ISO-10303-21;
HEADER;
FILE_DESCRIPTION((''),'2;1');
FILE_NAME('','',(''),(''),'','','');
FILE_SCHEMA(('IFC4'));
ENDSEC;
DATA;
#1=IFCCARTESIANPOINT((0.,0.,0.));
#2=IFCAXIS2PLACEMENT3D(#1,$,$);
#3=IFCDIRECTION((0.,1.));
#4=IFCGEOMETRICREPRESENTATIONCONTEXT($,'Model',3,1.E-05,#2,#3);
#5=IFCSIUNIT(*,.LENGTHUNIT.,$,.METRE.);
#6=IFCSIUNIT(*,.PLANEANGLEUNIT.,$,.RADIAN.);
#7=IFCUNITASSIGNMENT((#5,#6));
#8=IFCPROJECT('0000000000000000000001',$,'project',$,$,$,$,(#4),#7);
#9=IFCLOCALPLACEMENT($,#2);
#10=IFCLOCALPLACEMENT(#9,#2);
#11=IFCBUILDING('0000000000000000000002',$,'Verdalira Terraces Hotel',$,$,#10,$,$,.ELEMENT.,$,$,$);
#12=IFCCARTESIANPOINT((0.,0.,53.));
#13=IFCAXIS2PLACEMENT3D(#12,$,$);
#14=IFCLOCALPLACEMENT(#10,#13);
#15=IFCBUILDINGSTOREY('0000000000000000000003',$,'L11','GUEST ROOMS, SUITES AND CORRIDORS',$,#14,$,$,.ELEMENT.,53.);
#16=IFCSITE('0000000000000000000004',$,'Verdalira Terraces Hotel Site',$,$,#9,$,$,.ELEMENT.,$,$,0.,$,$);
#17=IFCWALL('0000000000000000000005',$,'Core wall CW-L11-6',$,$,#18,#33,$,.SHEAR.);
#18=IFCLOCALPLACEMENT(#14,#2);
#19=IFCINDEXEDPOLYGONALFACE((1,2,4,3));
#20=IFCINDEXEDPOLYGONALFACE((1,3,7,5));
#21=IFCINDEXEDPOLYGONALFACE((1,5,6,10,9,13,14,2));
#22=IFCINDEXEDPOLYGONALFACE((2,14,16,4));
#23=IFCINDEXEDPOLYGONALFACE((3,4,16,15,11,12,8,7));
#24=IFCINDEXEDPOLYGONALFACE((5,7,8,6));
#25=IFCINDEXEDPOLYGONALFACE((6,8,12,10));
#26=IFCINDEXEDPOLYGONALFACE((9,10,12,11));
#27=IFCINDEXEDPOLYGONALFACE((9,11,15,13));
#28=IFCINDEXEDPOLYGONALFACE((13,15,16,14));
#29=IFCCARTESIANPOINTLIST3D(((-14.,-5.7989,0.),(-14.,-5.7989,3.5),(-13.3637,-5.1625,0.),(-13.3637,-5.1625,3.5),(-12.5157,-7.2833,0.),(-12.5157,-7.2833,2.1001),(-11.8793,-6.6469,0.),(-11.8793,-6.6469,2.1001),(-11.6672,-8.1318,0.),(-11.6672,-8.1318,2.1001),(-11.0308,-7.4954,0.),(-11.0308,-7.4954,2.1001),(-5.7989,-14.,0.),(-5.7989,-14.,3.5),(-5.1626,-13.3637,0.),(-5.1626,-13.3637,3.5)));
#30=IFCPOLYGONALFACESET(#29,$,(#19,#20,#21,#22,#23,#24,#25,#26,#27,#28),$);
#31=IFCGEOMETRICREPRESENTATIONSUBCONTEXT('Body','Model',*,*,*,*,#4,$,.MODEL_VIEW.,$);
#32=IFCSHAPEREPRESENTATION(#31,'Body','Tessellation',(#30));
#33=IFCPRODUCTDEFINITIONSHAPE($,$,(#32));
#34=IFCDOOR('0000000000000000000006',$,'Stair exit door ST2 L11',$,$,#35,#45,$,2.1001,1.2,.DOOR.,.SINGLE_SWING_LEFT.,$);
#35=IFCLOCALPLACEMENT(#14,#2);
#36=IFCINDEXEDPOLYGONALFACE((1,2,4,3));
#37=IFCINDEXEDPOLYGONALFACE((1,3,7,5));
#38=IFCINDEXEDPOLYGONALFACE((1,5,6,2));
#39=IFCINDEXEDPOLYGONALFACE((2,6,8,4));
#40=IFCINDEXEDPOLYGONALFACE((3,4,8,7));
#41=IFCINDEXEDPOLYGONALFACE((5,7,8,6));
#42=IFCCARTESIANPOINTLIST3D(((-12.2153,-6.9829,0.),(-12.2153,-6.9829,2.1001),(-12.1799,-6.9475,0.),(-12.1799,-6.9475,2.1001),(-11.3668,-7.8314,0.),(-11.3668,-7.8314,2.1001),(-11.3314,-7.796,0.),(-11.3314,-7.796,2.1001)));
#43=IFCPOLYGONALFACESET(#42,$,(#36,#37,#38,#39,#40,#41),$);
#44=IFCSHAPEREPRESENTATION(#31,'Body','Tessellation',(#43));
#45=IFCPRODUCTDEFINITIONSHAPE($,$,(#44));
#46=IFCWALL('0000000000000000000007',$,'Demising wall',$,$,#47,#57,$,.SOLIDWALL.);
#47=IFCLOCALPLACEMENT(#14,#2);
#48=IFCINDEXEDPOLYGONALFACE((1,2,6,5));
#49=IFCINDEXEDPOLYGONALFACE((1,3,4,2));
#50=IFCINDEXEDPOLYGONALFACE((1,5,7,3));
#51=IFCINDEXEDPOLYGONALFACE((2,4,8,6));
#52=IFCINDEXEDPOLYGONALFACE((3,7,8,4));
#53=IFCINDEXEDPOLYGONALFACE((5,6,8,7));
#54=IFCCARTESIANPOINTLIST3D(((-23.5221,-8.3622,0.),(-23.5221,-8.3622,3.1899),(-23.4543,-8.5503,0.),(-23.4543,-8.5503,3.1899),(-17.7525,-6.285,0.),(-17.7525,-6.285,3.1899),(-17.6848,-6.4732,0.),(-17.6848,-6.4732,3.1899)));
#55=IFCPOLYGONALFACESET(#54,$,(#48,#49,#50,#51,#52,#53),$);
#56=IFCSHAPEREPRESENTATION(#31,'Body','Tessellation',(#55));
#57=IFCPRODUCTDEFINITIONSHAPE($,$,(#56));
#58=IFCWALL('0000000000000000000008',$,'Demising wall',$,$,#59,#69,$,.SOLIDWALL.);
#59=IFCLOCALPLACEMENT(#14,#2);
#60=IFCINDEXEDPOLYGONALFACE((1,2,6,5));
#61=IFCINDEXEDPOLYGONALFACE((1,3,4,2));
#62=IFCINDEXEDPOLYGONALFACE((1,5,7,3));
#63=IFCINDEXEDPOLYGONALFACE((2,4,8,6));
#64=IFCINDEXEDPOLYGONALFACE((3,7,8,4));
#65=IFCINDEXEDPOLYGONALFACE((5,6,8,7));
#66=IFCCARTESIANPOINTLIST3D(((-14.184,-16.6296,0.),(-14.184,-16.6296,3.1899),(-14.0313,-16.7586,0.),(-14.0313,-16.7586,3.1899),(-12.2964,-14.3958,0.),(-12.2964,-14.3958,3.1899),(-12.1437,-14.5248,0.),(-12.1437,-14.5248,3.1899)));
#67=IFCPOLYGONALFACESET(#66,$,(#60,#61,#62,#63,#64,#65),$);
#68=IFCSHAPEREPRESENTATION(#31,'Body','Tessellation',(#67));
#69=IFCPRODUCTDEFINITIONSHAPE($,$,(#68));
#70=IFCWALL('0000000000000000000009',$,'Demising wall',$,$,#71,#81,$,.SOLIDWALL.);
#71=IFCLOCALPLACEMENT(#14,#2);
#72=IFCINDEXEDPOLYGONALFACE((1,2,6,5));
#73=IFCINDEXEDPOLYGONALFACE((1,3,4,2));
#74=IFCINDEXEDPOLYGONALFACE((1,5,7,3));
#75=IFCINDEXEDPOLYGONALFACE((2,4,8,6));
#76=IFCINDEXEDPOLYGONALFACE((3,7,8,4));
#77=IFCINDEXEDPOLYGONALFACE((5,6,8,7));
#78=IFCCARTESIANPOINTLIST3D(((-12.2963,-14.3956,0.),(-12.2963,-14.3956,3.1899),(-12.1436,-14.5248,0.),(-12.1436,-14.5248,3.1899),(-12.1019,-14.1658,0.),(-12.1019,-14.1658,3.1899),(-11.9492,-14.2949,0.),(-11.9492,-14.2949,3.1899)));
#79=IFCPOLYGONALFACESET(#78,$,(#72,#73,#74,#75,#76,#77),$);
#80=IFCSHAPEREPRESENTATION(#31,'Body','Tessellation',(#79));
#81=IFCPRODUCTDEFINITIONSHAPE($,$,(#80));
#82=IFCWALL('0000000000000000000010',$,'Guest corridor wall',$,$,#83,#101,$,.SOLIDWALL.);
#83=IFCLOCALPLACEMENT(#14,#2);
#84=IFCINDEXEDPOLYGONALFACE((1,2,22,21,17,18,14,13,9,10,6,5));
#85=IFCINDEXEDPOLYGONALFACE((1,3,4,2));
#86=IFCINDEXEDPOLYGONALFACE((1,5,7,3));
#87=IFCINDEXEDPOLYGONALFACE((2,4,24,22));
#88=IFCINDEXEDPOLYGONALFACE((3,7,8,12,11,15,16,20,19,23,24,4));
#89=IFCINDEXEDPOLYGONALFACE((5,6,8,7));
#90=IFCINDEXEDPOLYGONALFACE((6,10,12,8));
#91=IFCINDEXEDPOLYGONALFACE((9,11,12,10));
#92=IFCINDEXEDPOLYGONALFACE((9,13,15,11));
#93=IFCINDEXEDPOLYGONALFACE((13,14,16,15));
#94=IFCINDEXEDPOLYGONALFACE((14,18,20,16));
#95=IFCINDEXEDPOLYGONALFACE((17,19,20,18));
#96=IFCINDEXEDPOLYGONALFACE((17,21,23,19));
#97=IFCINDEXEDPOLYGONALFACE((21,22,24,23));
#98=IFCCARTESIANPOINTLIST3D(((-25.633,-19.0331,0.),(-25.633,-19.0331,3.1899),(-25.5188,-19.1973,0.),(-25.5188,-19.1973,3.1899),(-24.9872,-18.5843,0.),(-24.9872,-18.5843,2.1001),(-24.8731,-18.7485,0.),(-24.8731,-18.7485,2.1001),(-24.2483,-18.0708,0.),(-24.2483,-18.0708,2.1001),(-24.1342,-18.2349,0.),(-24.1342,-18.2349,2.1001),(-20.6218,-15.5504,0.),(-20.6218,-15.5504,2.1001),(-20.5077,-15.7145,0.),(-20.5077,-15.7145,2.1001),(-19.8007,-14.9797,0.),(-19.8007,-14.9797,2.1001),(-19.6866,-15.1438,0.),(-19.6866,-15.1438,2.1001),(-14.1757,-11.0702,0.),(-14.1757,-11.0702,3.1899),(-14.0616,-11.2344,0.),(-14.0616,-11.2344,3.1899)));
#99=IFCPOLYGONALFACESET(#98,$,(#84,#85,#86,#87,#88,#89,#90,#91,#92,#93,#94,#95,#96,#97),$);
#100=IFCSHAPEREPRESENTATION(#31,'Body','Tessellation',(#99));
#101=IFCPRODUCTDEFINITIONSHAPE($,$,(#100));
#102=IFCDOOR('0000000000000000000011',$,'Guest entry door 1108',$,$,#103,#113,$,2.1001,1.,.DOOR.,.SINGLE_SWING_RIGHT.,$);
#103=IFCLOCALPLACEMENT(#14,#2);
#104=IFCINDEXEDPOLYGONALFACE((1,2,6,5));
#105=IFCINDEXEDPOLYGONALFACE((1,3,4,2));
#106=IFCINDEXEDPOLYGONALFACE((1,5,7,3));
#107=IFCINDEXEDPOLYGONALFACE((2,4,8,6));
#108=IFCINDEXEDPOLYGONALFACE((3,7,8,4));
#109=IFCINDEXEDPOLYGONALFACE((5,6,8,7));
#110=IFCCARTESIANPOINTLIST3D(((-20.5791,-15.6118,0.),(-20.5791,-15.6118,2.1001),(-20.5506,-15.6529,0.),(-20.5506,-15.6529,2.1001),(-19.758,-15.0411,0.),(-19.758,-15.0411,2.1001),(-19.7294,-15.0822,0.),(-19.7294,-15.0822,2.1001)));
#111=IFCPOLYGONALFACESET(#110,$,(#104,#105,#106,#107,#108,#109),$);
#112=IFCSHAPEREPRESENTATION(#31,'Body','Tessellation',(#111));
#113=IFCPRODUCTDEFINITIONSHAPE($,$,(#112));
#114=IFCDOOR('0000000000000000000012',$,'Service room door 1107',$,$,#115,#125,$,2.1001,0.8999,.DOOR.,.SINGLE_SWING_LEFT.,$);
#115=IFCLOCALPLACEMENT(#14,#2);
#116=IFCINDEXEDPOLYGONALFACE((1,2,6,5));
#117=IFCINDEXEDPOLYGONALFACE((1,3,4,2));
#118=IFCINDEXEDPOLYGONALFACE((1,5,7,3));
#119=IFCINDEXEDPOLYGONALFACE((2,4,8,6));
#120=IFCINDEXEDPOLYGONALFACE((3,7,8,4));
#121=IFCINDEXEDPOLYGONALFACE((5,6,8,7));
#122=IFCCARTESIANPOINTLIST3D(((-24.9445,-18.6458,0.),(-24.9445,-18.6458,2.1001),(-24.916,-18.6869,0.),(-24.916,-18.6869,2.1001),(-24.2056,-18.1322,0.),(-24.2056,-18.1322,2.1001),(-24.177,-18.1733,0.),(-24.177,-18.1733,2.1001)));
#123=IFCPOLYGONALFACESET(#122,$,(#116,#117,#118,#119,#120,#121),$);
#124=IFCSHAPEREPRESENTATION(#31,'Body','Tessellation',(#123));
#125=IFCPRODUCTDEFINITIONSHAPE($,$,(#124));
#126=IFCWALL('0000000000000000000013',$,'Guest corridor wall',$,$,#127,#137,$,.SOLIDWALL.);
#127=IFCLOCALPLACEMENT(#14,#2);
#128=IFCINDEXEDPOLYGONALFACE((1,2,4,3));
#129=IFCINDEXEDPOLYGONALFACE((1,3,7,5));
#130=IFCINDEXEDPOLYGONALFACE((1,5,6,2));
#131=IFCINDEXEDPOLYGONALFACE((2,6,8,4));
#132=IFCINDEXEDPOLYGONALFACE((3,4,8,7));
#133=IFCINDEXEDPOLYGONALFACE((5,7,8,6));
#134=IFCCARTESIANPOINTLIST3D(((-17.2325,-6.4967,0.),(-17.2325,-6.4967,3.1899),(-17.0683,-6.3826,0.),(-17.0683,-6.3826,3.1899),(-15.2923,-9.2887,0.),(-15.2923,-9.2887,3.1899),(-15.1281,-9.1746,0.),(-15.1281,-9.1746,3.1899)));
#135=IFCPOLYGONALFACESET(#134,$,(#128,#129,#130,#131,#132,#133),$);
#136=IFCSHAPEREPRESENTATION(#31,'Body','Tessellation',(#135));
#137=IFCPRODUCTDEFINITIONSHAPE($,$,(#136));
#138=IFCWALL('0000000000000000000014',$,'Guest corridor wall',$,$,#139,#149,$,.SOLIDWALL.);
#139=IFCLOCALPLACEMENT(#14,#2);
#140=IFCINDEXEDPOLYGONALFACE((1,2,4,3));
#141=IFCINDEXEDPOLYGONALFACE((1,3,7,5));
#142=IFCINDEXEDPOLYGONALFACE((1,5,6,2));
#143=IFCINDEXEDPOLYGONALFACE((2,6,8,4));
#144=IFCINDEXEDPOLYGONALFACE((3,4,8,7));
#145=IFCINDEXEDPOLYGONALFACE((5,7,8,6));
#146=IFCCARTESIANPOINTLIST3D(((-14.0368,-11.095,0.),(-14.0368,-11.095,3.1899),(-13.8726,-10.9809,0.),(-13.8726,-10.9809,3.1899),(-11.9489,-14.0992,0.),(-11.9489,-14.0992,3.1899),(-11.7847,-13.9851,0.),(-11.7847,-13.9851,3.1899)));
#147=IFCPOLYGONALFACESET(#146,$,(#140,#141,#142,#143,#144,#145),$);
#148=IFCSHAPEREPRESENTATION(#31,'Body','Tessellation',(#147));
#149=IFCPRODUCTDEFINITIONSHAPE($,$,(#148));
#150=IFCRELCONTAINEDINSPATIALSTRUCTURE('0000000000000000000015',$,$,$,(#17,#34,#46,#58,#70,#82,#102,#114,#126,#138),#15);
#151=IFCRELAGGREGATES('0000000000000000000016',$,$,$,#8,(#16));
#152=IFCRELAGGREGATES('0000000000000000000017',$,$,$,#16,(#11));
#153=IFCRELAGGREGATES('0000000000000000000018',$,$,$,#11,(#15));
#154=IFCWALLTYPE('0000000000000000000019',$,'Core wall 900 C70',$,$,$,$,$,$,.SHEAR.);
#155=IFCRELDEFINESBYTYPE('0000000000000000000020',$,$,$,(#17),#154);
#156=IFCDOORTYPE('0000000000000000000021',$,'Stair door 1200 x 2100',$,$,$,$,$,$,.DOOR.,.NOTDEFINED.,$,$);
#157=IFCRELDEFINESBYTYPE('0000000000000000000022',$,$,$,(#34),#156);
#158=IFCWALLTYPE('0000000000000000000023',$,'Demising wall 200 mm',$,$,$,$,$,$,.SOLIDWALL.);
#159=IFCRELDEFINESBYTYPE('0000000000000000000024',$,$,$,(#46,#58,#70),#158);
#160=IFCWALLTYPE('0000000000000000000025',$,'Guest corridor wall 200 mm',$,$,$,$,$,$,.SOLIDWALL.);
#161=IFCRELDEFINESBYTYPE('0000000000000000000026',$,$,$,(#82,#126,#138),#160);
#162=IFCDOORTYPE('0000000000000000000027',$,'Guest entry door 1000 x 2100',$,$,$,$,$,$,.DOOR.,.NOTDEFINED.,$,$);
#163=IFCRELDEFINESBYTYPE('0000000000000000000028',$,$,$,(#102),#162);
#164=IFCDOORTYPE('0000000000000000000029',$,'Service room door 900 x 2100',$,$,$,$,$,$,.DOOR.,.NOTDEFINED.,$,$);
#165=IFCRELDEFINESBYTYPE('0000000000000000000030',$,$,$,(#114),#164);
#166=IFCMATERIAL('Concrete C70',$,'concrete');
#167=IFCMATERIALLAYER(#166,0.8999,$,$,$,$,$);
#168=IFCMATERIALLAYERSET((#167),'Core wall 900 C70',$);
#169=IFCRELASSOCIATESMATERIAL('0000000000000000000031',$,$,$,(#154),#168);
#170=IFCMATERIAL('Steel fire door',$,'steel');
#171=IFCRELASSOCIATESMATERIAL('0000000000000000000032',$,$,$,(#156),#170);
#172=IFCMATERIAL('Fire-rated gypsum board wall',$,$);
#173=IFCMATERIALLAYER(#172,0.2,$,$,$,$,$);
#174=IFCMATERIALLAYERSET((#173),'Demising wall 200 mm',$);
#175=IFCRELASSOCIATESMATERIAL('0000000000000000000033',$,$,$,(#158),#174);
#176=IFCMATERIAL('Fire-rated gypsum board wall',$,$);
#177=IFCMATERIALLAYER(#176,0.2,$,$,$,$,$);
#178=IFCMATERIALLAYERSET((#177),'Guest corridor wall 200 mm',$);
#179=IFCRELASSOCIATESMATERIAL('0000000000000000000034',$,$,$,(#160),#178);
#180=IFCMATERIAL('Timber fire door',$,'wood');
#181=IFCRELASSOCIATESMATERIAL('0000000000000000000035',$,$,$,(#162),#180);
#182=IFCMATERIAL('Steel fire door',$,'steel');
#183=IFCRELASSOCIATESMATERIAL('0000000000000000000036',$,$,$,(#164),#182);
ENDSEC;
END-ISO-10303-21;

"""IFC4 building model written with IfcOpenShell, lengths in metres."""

from ifc_helpers import new_model, si_unit, direction, frame, frame_2d, origin, place, context, subcontext, project, spatial, rectangle, extrude, material, layer, layer_set, type_object, element, fill, save


model = new_model("IFC4")

# Units and contexts
model_context = context("Model", 3, precision=1e-05, world=origin(), true_north=direction((0.0, 1.0)))
body_context = subcontext(model_context, "Body", "Model", "MODEL_VIEW")
ifc_project = project(units=[si_unit("LENGTHUNIT", "METRE"), si_unit("PLANEANGLEUNIT", "RADIAN")], contexts=[model_context])

# Site, building, storey
site_placement = place(None, origin())
site = spatial("IfcSite", under=ifc_project, at=site_placement, Name="Verdalira Terraces Hotel Site", CompositionType="ELEMENT", RefElevation=0.0)
building_placement = place(site_placement, origin())
building = spatial("IfcBuilding", under=site, at=building_placement, Name="Verdalira Terraces Hotel", CompositionType="ELEMENT")
storey_placement = place(building_placement, frame((0.0, 0.0, 53.0)))
storey = spatial("IfcBuildingStorey", under=building, at=storey_placement, Name="L11", Description="GUEST ROOMS, SUITES AND CORRIDORS", CompositionType="ELEMENT", Elevation=53.0)

# Wall, opening, door
ifc_material_1 = material(Name="Concrete C70", Category="concrete")
ifc_layer_1 = layer(ifc_material_1, 0.8999)
ifc_layer_set_1 = layer_set([ifc_layer_1], Name="Core wall 900 C70")
wall_type_1 = type_object("IfcWallType", Name="Core wall 900 C70", PredefinedType="SHEAR", material=ifc_layer_set_1)
wall_1_placement = place(storey_placement, frame((-13.6819, -5.4807, 0.0), z_axis=(0.0, 0.0, 1.0), x_axis=(0.707107, -0.707107, 0.0)))
wall_1 = element("IfcWall", 1, at=wall_1_placement, inside=storey, type_object=wall_type_1, Name="Core wall CW-L11-6", PredefinedType="SHEAR", context=body_context, shape_type="SweptSolid", body=[
    extrude(rectangle(XDim=11.5981, YDim=0.8999, at=frame_2d((5.7991, 0.0))), origin(), (0.0, 0.0, 1.0), 3.5),
])
opening_1_placement = place(wall_1_placement, frame((2.0991, 0.0, 0.0)))
opening_1 = element("IfcOpeningElement", 2, at=opening_1_placement, cuts=wall_1, PredefinedType="OPENING", context=body_context, shape_type="SweptSolid", body=[
    extrude(rectangle(XDim=1.2, YDim=2.1001, at=frame_2d((0.6001, 1.05))), frame((0.0, 0.46, 0.0), z_axis=(0.0, -1.0, 0.0), x_axis=(1.0, 0.0, 0.0)), (0.0, 0.0, 1.0), 0.9199),
])
ifc_material_2 = material(Name="Steel fire door", Category="steel")
door_type_1 = type_object("IfcDoorType", Name="Stair door 1200 x 2100", OperationType="NOTDEFINED", PredefinedType="DOOR", material=ifc_material_2)
door_1_placement = place(opening_1_placement, origin())
door_1 = element("IfcDoor", 3, at=door_1_placement, inside=storey, type_object=door_type_1, Name="Stair exit door ST2 L11", OperationType="SINGLE_SWING_LEFT", OverallHeight=2.1001, OverallWidth=1.2, PredefinedType="DOOR", context=body_context, shape_type="SweptSolid", body=[
    extrude(rectangle(XDim=1.2, YDim=2.1001, at=frame_2d((0.6001, 1.05))), frame((0.0, 0.0249, 0.0), z_axis=(0.0, -1.0, 0.0), x_axis=(1.0, 0.0, 0.0)), (0.0, 0.0, 1.0), 0.05),
])
fill(opening_1, door_1)

# Walls
ifc_material_3 = material(Name="Fire-rated gypsum board wall")
ifc_layer_2 = layer(ifc_material_3, 0.2)
ifc_layer_set_2 = layer_set([ifc_layer_2], Name="Demising wall 200 mm")
wall_type_2 = type_object("IfcWallType", Name="Demising wall 200 mm", PredefinedType="SOLIDWALL", material=ifc_layer_set_2)
wall_2_placement = place(storey_placement, frame((-17.7188, -6.3792, 0.0), z_axis=(0.0, 0.0, 1.0), x_axis=(-0.940881, -0.338736, 0.0)))
element("IfcWall", 4, at=wall_2_placement, inside=storey, type_object=wall_type_2, Name="Demising wall", PredefinedType="SOLIDWALL", context=body_context, shape_type="SweptSolid", body=[
    extrude(rectangle(XDim=6.1321, YDim=0.2, at=frame_2d((3.0659, 0.0))), origin(), (0.0, 0.0, 1.0), 3.1899),
])
wall_3_placement = place(storey_placement, frame((-12.22, -14.4602, 0.0), z_axis=(0.0, 0.0, 1.0), x_axis=(-0.645441, -0.76381, 0.0)))
element("IfcWall", 5, at=wall_3_placement, inside=storey, type_object=wall_type_2, Name="Demising wall", PredefinedType="SOLIDWALL", context=body_context, shape_type="SweptSolid", body=[
    extrude(rectangle(XDim=2.9246, YDim=0.2, at=frame_2d((1.4624, 0.0))), origin(), (0.0, 0.0, 1.0), 3.1899),
])
wall_4_placement = place(storey_placement, frame((-12.0256, -14.2305, 0.0), z_axis=(0.0, 0.0, 1.0), x_axis=(-0.645833, -0.763479, 0.0)))
element("IfcWall", 6, at=wall_4_placement, inside=storey, type_object=wall_type_2, Name="Demising wall", PredefinedType="SOLIDWALL", context=body_context, shape_type="SweptSolid", body=[
    extrude(rectangle(XDim=0.301, YDim=0.2, at=frame_2d((0.1504, 0.0))), origin(), (0.0, 0.0, 1.0), 3.1899),
])

# Wall, openings, doors
ifc_material_4 = material(Name="Fire-rated gypsum board wall")
ifc_layer_3 = layer(ifc_material_4, 0.2)
ifc_layer_set_3 = layer_set([ifc_layer_3], Name="Guest corridor wall 200 mm")
wall_type_3 = type_object("IfcWallType", Name="Guest corridor wall 200 mm", PredefinedType="SOLIDWALL", material=ifc_layer_set_3)
wall_5_placement = place(storey_placement, frame((-14.1187, -11.1523, 0.0), z_axis=(0.0, 0.0, 1.0), x_axis=(-0.821153, -0.570708, 0.0)))
wall_5 = element("IfcWall", 7, at=wall_5_placement, inside=storey, type_object=wall_type_3, Name="Guest corridor wall", PredefinedType="SOLIDWALL", context=body_context, shape_type="SweptSolid", body=[
    extrude(rectangle(XDim=13.9526, YDim=0.2, at=frame_2d((6.9763, 0.0))), origin(), (0.0, 0.0, 1.0), 3.1899),
])
opening_2_placement = place(wall_5_placement, frame((12.2664, 0.0, 0.0)))
opening_2 = element("IfcOpeningElement", 8, at=opening_2_placement, cuts=wall_5, PredefinedType="OPENING", context=body_context, shape_type="SweptSolid", body=[
    extrude(rectangle(XDim=0.8999, YDim=2.1001, at=frame_2d((0.45, 1.05))), frame((0.0, 0.1099, 0.0), z_axis=(0.0, -1.0, 0.0), x_axis=(1.0, 0.0, 0.0)), (0.0, 0.0, 1.0), 0.22),
])
opening_3_placement = place(wall_5_placement, frame((6.8501, 0.0, 0.0)))
opening_3 = element("IfcOpeningElement", 9, at=opening_3_placement, cuts=wall_5, PredefinedType="OPENING", context=body_context, shape_type="SweptSolid", body=[
    extrude(rectangle(XDim=1.0, YDim=2.1001, at=frame_2d((0.5, 1.05))), frame((0.0, 0.1099, 0.0), z_axis=(0.0, -1.0, 0.0), x_axis=(1.0, 0.0, 0.0)), (0.0, 0.0, 1.0), 0.22),
])
ifc_material_5 = material(Name="Timber fire door", Category="wood")
door_type_2 = type_object("IfcDoorType", Name="Guest entry door 1000 x 2100", OperationType="NOTDEFINED", PredefinedType="DOOR", material=ifc_material_5)
door_2_placement = place(opening_3_placement, origin())
door_2 = element("IfcDoor", 10, at=door_2_placement, inside=storey, type_object=door_type_2, Name="Guest entry door 1108", OperationType="SINGLE_SWING_RIGHT", OverallHeight=2.1001, OverallWidth=1.0, PredefinedType="DOOR", context=body_context, shape_type="SweptSolid", body=[
    extrude(rectangle(XDim=1.0, YDim=2.1001, at=frame_2d((0.5, 1.05))), frame((0.0, 0.0249, 0.0), z_axis=(0.0, -1.0, 0.0), x_axis=(1.0, 0.0, 0.0)), (0.0, 0.0, 1.0), 0.05),
])
fill(opening_3, door_2)
ifc_material_6 = material(Name="Steel fire door", Category="steel")
door_type_3 = type_object("IfcDoorType", Name="Service room door 900 x 2100", OperationType="NOTDEFINED", PredefinedType="DOOR", material=ifc_material_6)
door_3_placement = place(opening_2_placement, origin())
door_3 = element("IfcDoor", 11, at=door_3_placement, inside=storey, type_object=door_type_3, Name="Service room door 1107", OperationType="SINGLE_SWING_LEFT", OverallHeight=2.1001, OverallWidth=0.8999, PredefinedType="DOOR", context=body_context, shape_type="SweptSolid", body=[
    extrude(rectangle(XDim=0.8999, YDim=2.1001, at=frame_2d((0.45, 1.05))), frame((0.0, 0.0249, 0.0), z_axis=(0.0, -1.0, 0.0), x_axis=(1.0, 0.0, 0.0)), (0.0, 0.0, 1.0), 0.05),
])
fill(opening_2, door_3)

# Walls
wall_6_placement = place(storey_placement, frame((-17.1504, -6.4397, 0.0), z_axis=(0.0, 0.0, 1.0), x_axis=(0.570654, -0.821191, 0.0)))
element("IfcWall", 12, at=wall_6_placement, inside=storey, type_object=wall_type_3, Name="Guest corridor wall", PredefinedType="SOLIDWALL", context=body_context, shape_type="SweptSolid", body=[
    extrude(rectangle(XDim=3.3999, YDim=0.2, at=frame_2d((1.7, 0.0))), origin(), (0.0, 0.0, 1.0), 3.1899),
])
wall_7_placement = place(storey_placement, frame((-13.9546, -11.0381, 0.0), z_axis=(0.0, 0.0, 1.0), x_axis=(0.570705, -0.821155, 0.0)))
element("IfcWall", 13, at=wall_7_placement, inside=storey, type_object=wall_type_3, Name="Guest corridor wall", PredefinedType="SOLIDWALL", context=body_context, shape_type="SweptSolid", body=[
    extrude(rectangle(XDim=3.6584, YDim=0.2, at=frame_2d((1.8291, 0.0))), origin(), (0.0, 0.0, 1.0), 3.1899),
])

save(model, "model.ifc")
